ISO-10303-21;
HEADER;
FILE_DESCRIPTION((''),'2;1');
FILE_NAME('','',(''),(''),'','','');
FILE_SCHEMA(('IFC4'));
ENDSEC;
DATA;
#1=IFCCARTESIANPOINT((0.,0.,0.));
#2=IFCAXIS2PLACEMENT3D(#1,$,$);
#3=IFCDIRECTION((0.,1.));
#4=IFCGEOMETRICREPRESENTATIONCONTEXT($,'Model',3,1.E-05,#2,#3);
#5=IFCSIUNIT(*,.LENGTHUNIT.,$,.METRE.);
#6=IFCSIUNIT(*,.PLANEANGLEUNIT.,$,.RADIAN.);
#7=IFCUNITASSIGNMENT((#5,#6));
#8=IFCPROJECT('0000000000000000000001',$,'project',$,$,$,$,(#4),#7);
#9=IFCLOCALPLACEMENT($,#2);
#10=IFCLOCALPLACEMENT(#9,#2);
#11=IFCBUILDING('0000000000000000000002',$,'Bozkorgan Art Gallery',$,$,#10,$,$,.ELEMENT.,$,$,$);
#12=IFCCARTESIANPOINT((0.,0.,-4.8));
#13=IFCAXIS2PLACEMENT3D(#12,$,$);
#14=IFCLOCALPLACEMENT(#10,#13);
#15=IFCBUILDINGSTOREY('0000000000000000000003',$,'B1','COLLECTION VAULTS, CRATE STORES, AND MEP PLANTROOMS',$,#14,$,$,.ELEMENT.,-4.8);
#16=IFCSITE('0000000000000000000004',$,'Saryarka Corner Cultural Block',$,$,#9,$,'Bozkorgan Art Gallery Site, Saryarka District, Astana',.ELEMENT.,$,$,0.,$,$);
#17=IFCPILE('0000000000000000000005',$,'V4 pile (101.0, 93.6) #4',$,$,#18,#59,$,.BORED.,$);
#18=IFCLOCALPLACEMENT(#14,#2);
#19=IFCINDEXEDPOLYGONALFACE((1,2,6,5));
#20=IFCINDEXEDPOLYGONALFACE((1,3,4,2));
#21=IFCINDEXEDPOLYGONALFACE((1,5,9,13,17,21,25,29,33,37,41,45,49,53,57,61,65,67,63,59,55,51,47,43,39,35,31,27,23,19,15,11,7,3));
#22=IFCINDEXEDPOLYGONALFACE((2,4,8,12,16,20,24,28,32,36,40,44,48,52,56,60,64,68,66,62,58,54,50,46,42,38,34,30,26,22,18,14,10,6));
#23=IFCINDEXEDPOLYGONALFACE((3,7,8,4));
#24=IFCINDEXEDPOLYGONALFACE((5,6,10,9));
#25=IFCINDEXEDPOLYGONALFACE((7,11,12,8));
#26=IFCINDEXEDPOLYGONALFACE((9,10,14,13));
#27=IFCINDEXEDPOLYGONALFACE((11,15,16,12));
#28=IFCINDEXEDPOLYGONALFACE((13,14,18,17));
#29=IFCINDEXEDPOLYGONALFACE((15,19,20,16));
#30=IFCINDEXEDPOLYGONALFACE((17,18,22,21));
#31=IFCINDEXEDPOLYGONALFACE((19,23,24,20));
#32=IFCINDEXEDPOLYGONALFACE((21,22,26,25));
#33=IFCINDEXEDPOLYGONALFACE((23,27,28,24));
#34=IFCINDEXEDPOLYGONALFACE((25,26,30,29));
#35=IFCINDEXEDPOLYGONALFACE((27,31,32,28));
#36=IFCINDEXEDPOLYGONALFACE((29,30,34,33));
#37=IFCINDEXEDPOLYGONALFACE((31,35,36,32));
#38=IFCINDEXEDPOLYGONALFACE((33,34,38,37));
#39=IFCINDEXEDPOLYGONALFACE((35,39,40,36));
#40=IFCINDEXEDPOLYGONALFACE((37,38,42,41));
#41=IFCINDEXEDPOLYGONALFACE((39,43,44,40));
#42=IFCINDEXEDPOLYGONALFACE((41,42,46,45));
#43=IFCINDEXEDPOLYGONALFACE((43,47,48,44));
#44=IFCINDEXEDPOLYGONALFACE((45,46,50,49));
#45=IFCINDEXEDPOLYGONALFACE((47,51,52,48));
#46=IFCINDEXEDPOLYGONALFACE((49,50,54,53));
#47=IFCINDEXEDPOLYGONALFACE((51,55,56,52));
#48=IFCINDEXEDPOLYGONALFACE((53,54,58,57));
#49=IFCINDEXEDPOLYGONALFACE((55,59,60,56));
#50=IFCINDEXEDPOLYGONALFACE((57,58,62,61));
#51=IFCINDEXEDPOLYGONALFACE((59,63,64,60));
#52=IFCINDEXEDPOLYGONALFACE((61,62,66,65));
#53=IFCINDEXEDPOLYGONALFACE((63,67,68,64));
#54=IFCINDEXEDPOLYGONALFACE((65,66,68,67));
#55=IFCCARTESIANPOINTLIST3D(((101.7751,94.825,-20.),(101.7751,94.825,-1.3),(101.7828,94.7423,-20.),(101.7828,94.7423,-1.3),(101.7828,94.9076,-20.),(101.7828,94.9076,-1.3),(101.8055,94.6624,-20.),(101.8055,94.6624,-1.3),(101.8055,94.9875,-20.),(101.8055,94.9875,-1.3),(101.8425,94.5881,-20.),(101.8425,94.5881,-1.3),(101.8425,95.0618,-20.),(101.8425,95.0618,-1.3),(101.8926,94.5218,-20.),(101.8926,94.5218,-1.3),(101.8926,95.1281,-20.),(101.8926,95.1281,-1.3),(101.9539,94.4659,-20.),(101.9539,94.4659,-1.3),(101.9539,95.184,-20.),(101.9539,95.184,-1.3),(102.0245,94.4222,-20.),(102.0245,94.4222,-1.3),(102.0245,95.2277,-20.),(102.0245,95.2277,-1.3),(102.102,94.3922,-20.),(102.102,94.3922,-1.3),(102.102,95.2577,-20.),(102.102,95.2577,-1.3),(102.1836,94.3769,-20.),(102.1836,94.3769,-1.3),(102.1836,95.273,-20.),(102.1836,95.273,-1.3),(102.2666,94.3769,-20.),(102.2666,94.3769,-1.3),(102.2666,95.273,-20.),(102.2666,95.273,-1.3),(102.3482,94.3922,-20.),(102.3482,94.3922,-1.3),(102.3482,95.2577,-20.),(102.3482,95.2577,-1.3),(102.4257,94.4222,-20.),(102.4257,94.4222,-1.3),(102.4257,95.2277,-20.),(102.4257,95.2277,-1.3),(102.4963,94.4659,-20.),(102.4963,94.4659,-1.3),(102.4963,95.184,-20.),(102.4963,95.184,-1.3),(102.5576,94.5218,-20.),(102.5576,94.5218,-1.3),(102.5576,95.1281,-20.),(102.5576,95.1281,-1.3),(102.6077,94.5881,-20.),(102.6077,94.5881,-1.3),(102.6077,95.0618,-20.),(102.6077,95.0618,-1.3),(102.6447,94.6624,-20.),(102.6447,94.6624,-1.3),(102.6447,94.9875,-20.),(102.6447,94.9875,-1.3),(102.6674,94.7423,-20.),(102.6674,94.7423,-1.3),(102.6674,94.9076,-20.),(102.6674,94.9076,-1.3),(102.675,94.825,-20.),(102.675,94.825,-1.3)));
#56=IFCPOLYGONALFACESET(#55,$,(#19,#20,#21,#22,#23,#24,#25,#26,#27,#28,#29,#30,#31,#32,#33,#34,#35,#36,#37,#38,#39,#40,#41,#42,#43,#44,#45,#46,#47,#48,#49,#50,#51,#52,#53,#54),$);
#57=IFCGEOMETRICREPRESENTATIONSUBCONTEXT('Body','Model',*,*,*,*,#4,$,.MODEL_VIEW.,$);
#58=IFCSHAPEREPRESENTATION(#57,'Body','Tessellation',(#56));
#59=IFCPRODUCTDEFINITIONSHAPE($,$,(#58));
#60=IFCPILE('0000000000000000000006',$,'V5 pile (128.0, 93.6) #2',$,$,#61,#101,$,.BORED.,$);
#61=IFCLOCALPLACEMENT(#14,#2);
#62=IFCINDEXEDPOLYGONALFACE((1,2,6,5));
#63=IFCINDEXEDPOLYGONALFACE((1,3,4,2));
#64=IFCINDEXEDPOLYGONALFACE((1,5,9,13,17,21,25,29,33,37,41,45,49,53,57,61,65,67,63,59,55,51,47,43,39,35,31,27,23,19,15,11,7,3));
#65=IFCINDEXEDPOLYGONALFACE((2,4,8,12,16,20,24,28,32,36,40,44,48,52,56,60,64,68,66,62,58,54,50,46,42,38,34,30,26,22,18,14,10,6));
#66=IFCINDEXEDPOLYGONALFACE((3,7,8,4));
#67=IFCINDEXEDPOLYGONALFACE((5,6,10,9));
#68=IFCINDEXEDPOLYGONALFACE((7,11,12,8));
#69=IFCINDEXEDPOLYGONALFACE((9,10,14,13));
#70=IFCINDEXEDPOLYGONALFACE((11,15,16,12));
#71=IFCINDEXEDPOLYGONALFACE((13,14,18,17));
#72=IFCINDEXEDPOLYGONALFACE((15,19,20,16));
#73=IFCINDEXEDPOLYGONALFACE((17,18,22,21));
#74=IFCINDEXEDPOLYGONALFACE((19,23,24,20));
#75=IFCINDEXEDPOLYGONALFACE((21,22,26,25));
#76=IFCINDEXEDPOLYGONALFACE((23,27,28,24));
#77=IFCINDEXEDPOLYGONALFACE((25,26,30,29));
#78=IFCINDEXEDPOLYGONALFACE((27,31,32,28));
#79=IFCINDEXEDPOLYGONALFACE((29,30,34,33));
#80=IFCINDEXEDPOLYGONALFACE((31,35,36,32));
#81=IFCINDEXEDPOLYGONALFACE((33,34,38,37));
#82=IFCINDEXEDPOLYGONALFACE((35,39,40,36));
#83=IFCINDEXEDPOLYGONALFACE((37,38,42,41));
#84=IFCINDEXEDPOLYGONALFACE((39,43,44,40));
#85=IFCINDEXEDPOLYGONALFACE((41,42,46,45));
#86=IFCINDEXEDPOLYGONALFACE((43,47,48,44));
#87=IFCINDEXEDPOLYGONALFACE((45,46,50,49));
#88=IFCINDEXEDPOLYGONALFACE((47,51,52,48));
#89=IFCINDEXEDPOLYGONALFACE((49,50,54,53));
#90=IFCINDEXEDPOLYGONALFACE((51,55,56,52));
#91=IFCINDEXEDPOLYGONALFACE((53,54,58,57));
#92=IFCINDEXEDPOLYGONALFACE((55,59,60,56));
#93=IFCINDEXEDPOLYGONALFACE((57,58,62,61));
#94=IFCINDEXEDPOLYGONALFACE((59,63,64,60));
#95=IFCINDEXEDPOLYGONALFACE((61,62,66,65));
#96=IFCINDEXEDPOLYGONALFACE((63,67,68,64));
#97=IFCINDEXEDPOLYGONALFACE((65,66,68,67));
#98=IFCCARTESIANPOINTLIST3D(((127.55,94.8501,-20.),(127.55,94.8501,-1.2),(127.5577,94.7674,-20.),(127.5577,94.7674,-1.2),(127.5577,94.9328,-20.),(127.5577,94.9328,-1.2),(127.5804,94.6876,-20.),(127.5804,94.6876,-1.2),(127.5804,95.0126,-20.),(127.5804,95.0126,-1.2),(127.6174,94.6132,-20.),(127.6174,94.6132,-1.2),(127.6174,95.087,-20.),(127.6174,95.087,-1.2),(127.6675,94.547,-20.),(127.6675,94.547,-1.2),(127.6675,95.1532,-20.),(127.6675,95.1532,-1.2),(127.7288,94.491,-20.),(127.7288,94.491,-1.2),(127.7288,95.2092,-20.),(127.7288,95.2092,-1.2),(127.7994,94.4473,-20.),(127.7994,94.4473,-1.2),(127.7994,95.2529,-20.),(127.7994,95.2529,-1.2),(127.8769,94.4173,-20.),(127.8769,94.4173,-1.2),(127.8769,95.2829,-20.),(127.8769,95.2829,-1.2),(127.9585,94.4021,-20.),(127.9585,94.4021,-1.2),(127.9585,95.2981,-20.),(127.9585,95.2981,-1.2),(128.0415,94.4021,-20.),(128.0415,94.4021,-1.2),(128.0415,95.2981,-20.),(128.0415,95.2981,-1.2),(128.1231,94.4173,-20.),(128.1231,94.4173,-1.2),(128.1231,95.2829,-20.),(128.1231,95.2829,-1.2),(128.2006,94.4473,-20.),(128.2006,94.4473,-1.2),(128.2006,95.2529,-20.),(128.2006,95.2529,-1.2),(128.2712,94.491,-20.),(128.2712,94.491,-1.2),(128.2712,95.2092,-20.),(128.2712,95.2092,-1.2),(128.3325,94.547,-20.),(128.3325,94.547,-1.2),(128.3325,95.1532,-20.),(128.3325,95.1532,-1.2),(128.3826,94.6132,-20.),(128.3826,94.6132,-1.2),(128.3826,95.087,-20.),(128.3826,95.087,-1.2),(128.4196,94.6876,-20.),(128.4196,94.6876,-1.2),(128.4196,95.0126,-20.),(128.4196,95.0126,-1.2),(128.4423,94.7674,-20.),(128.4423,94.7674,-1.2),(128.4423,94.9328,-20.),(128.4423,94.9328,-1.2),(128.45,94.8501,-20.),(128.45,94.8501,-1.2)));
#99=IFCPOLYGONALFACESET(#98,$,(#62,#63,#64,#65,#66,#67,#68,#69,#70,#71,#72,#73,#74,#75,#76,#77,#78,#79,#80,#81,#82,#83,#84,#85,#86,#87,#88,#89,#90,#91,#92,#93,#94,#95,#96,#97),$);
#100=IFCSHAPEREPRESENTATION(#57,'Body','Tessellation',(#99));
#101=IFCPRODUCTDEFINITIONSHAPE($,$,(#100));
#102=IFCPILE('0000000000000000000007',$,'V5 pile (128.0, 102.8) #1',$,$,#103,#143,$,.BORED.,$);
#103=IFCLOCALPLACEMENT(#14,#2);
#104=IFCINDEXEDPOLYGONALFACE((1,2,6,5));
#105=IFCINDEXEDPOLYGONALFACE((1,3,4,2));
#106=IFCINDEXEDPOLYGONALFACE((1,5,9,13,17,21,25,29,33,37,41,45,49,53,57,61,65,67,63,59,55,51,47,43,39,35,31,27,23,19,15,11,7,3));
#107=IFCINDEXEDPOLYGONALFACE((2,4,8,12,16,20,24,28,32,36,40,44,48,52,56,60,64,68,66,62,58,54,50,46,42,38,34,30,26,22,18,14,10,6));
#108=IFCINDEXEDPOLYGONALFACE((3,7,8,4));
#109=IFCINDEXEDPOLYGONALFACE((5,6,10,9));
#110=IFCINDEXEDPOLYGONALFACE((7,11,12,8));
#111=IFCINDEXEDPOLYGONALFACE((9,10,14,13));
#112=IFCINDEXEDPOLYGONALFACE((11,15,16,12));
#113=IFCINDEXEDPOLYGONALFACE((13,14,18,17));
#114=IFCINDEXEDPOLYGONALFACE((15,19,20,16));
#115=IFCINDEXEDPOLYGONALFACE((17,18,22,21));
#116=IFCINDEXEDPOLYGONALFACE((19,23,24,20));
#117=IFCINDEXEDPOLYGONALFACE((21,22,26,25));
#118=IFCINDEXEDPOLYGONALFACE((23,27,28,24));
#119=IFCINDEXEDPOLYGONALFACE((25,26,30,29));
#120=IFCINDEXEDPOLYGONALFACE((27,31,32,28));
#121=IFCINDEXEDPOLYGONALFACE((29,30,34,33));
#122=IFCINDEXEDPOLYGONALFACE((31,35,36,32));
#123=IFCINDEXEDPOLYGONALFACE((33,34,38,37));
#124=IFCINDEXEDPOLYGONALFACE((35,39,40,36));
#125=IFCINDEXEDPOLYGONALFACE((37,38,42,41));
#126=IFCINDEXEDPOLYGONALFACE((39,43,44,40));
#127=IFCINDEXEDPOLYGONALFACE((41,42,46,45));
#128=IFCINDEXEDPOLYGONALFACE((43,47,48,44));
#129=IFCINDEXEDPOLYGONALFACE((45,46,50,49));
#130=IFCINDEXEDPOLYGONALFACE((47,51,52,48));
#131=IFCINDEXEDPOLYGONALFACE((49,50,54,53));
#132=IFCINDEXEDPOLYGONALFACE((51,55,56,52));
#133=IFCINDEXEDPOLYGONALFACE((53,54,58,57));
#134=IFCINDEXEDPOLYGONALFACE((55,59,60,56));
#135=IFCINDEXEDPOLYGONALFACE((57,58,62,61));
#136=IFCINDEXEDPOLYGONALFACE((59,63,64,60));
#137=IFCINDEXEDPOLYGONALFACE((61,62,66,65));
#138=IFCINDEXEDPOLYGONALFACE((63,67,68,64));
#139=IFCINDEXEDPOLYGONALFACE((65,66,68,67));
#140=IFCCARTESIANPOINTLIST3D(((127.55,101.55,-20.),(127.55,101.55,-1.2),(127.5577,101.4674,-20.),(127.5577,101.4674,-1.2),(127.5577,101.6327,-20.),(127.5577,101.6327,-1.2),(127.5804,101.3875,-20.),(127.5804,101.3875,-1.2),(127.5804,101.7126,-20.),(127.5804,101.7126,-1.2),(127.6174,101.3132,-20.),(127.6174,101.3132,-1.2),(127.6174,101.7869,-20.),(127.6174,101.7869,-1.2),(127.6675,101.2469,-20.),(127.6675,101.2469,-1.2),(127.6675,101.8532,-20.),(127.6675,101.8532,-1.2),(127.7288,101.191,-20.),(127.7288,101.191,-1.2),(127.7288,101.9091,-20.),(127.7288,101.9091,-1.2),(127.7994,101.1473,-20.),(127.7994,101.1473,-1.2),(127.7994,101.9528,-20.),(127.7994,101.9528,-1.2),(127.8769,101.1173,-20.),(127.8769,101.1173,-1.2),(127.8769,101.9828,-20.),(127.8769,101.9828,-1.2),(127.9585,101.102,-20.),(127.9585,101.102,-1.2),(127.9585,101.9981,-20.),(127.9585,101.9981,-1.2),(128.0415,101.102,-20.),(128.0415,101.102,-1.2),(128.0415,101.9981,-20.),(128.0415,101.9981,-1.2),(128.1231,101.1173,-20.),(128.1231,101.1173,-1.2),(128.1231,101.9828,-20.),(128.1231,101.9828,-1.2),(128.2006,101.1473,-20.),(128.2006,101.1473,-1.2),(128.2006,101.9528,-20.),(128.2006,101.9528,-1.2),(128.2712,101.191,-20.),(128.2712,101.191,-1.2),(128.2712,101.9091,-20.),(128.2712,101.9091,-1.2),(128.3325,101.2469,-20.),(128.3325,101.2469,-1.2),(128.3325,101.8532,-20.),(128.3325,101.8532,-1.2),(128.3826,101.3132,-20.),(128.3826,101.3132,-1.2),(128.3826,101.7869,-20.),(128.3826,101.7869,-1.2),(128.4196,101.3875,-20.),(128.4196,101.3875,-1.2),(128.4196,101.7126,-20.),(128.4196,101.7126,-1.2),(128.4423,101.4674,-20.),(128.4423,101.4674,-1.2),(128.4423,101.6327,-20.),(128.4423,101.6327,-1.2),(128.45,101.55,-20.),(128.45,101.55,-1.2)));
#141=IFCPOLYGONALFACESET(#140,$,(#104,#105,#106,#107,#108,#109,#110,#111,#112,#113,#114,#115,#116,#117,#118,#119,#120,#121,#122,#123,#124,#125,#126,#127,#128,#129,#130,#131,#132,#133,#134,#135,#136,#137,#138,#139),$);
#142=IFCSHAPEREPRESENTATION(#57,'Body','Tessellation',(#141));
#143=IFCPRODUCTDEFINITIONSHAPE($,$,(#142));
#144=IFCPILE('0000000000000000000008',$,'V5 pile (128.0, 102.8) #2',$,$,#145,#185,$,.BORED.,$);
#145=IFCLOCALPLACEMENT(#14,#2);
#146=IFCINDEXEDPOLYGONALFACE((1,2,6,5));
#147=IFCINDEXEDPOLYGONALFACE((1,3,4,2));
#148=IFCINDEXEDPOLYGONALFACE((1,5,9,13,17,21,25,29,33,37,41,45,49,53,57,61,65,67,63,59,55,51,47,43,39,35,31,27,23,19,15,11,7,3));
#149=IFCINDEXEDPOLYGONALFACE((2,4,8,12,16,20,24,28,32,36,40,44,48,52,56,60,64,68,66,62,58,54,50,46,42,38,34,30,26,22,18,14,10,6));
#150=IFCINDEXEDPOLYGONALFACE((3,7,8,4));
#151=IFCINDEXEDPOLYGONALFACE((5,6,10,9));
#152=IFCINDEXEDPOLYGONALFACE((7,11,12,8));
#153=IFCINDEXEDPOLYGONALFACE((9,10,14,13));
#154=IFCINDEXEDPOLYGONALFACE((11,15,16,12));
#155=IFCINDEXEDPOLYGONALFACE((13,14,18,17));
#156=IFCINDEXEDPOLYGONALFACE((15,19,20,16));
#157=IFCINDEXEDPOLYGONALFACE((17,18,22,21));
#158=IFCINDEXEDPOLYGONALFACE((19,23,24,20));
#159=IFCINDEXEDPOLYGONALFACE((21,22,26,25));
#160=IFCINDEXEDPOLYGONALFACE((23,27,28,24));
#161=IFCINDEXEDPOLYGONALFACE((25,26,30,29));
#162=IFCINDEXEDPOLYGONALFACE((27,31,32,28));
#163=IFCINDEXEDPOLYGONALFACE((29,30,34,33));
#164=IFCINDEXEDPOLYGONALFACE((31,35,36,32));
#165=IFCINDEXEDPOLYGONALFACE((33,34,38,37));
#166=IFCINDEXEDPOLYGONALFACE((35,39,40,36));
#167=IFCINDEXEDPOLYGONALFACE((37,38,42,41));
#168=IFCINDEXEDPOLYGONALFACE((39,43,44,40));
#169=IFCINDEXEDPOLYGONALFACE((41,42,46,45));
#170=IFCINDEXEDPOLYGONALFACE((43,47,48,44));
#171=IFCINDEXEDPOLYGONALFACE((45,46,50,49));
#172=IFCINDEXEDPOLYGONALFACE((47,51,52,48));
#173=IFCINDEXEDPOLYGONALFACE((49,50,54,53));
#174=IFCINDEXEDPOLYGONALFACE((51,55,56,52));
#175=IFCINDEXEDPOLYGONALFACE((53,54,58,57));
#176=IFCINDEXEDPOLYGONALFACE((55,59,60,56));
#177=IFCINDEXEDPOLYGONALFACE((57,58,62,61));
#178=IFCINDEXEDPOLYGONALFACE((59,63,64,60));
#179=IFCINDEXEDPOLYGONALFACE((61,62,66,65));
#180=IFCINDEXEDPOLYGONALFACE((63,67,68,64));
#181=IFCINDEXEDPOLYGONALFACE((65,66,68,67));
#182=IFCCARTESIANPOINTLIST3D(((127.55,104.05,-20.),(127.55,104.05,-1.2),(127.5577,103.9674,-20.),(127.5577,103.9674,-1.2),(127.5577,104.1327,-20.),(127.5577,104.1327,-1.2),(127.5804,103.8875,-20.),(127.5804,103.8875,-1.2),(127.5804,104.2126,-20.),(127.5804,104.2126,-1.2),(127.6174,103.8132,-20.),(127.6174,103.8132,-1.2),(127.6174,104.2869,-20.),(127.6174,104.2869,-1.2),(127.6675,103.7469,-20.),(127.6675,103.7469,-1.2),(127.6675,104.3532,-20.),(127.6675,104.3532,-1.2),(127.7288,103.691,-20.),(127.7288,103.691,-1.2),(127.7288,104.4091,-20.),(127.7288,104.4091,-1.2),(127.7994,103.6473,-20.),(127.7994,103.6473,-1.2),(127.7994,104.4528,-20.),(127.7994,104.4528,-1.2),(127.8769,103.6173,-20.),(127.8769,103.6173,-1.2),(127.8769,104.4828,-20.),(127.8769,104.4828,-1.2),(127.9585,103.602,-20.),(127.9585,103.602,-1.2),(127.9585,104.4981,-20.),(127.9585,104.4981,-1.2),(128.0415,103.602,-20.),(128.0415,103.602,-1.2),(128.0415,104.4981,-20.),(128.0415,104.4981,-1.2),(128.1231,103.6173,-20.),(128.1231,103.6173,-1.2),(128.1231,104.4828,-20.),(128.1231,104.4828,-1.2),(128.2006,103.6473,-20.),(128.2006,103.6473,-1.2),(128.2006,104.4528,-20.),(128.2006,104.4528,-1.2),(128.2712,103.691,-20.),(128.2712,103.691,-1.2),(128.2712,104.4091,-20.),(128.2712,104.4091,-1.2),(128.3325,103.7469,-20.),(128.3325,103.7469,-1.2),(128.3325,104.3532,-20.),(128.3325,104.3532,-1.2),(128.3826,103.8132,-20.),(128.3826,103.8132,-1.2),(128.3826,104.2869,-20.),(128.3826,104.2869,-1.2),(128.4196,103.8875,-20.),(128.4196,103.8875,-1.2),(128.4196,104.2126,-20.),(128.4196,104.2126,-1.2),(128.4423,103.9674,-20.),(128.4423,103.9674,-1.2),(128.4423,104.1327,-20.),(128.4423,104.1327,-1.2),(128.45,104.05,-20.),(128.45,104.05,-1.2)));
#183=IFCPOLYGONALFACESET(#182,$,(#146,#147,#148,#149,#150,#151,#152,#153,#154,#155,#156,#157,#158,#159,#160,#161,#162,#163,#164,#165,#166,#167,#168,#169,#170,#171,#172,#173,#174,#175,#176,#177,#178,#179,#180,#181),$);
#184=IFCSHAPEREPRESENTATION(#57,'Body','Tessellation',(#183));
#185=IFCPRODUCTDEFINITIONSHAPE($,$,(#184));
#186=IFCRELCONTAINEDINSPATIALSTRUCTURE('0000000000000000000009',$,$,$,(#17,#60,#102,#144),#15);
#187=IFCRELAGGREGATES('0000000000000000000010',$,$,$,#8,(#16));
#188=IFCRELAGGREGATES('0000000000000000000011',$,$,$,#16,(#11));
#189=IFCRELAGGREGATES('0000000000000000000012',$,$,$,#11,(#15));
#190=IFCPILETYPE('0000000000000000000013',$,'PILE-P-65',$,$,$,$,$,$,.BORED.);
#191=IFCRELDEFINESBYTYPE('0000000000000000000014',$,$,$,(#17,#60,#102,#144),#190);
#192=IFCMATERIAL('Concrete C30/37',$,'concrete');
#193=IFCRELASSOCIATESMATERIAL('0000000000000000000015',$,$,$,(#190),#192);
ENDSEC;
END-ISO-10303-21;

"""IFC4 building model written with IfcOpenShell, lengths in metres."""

from ifc_helpers import new_model, si_unit, direction, frame, origin, origin_2d, place, context, subcontext, project, spatial, circle, extrude, material, material_profile, profile_set, type_object, element, save


model = new_model("IFC4")

# Units and contexts
model_context = context("Model", 3, precision=1e-05, world=origin(), true_north=direction((0.0, 1.0)))
body_context = subcontext(model_context, "Body", "Model", "MODEL_VIEW")
ifc_project = project(units=[si_unit("LENGTHUNIT", "METRE"), si_unit("PLANEANGLEUNIT", "RADIAN")], contexts=[model_context])

# Site, building, storey
site_placement = place(None, origin())
site = spatial("IfcSite", under=ifc_project, at=site_placement, Name="Saryarka Corner Cultural Block", LongName="Bozkorgan Art Gallery Site, Saryarka District, Astana", CompositionType="ELEMENT", RefElevation=0.0)
building_placement = place(site_placement, origin())
building = spatial("IfcBuilding", under=site, at=building_placement, Name="Bozkorgan Art Gallery", CompositionType="ELEMENT")
storey_placement = place(building_placement, frame((0.0, 0.0, -4.8)))
storey = spatial("IfcBuildingStorey", under=building, at=storey_placement, Name="B1", Description="COLLECTION VAULTS, CRATE STORES, AND MEP PLANTROOMS", CompositionType="ELEMENT", Elevation=-4.8)

# Shared definitions
ifc_material_1 = material(Name="Concrete C30/37", Category="concrete")

# Piles
ifc_material_profile_1 = material_profile(ifc_material_1, circle(Radius=0.45, at=origin_2d()), Name="PILE D900")
ifc_profile_set_1 = profile_set([ifc_material_profile_1], Name="Concrete C30/37")
pile_type_1 = type_object("IfcPileType", Name="PILE-P-65", PredefinedType="BORED", material=ifc_profile_set_1)
pile_1_placement = place(storey_placement, frame((102.2251, 94.825, -1.3), z_axis=(0.0, 0.0, -1.0), x_axis=(1.0, 0.0, 0.0)))
element("IfcPile", 1, at=pile_1_placement, inside=storey, type_object=pile_type_1, Name="V4 pile (101.0, 93.6) #4", PredefinedType="BORED", context=body_context, shape_type="SweptSolid", body=[
    extrude(circle(Radius=0.45, at=origin_2d()), origin(), (0.0, 0.0, 1.0), 18.7),
])
for number, where, z_axis, x_axis, name in (
    (2, (128.0, 94.8501, -1.2), (0.0, 0.0, -1.0), (1.0, 0.0, 0.0), "V5 pile (128.0, 93.6) #2"),
    (3, (128.0, 101.55, -1.2), (0.0, 0.0, -1.0), (1.0, 0.0, 0.0), "V5 pile (128.0, 102.8) #1"),
    (4, (128.0, 104.05, -1.2), (0.0, 0.0, -1.0), (1.0, 0.0, 0.0), "V5 pile (128.0, 102.8) #2"),
):
    element("IfcPile", number, at=place(storey_placement, frame(where, z_axis=z_axis, x_axis=x_axis)), inside=storey, type_object=pile_type_1, Name=name, PredefinedType="BORED", context=body_context, shape_type="SweptSolid", body=[
        extrude(circle(Radius=0.45, at=origin_2d()), origin(), (0.0, 0.0, 1.0), 18.8),
    ])

save(model, "model.ifc")
